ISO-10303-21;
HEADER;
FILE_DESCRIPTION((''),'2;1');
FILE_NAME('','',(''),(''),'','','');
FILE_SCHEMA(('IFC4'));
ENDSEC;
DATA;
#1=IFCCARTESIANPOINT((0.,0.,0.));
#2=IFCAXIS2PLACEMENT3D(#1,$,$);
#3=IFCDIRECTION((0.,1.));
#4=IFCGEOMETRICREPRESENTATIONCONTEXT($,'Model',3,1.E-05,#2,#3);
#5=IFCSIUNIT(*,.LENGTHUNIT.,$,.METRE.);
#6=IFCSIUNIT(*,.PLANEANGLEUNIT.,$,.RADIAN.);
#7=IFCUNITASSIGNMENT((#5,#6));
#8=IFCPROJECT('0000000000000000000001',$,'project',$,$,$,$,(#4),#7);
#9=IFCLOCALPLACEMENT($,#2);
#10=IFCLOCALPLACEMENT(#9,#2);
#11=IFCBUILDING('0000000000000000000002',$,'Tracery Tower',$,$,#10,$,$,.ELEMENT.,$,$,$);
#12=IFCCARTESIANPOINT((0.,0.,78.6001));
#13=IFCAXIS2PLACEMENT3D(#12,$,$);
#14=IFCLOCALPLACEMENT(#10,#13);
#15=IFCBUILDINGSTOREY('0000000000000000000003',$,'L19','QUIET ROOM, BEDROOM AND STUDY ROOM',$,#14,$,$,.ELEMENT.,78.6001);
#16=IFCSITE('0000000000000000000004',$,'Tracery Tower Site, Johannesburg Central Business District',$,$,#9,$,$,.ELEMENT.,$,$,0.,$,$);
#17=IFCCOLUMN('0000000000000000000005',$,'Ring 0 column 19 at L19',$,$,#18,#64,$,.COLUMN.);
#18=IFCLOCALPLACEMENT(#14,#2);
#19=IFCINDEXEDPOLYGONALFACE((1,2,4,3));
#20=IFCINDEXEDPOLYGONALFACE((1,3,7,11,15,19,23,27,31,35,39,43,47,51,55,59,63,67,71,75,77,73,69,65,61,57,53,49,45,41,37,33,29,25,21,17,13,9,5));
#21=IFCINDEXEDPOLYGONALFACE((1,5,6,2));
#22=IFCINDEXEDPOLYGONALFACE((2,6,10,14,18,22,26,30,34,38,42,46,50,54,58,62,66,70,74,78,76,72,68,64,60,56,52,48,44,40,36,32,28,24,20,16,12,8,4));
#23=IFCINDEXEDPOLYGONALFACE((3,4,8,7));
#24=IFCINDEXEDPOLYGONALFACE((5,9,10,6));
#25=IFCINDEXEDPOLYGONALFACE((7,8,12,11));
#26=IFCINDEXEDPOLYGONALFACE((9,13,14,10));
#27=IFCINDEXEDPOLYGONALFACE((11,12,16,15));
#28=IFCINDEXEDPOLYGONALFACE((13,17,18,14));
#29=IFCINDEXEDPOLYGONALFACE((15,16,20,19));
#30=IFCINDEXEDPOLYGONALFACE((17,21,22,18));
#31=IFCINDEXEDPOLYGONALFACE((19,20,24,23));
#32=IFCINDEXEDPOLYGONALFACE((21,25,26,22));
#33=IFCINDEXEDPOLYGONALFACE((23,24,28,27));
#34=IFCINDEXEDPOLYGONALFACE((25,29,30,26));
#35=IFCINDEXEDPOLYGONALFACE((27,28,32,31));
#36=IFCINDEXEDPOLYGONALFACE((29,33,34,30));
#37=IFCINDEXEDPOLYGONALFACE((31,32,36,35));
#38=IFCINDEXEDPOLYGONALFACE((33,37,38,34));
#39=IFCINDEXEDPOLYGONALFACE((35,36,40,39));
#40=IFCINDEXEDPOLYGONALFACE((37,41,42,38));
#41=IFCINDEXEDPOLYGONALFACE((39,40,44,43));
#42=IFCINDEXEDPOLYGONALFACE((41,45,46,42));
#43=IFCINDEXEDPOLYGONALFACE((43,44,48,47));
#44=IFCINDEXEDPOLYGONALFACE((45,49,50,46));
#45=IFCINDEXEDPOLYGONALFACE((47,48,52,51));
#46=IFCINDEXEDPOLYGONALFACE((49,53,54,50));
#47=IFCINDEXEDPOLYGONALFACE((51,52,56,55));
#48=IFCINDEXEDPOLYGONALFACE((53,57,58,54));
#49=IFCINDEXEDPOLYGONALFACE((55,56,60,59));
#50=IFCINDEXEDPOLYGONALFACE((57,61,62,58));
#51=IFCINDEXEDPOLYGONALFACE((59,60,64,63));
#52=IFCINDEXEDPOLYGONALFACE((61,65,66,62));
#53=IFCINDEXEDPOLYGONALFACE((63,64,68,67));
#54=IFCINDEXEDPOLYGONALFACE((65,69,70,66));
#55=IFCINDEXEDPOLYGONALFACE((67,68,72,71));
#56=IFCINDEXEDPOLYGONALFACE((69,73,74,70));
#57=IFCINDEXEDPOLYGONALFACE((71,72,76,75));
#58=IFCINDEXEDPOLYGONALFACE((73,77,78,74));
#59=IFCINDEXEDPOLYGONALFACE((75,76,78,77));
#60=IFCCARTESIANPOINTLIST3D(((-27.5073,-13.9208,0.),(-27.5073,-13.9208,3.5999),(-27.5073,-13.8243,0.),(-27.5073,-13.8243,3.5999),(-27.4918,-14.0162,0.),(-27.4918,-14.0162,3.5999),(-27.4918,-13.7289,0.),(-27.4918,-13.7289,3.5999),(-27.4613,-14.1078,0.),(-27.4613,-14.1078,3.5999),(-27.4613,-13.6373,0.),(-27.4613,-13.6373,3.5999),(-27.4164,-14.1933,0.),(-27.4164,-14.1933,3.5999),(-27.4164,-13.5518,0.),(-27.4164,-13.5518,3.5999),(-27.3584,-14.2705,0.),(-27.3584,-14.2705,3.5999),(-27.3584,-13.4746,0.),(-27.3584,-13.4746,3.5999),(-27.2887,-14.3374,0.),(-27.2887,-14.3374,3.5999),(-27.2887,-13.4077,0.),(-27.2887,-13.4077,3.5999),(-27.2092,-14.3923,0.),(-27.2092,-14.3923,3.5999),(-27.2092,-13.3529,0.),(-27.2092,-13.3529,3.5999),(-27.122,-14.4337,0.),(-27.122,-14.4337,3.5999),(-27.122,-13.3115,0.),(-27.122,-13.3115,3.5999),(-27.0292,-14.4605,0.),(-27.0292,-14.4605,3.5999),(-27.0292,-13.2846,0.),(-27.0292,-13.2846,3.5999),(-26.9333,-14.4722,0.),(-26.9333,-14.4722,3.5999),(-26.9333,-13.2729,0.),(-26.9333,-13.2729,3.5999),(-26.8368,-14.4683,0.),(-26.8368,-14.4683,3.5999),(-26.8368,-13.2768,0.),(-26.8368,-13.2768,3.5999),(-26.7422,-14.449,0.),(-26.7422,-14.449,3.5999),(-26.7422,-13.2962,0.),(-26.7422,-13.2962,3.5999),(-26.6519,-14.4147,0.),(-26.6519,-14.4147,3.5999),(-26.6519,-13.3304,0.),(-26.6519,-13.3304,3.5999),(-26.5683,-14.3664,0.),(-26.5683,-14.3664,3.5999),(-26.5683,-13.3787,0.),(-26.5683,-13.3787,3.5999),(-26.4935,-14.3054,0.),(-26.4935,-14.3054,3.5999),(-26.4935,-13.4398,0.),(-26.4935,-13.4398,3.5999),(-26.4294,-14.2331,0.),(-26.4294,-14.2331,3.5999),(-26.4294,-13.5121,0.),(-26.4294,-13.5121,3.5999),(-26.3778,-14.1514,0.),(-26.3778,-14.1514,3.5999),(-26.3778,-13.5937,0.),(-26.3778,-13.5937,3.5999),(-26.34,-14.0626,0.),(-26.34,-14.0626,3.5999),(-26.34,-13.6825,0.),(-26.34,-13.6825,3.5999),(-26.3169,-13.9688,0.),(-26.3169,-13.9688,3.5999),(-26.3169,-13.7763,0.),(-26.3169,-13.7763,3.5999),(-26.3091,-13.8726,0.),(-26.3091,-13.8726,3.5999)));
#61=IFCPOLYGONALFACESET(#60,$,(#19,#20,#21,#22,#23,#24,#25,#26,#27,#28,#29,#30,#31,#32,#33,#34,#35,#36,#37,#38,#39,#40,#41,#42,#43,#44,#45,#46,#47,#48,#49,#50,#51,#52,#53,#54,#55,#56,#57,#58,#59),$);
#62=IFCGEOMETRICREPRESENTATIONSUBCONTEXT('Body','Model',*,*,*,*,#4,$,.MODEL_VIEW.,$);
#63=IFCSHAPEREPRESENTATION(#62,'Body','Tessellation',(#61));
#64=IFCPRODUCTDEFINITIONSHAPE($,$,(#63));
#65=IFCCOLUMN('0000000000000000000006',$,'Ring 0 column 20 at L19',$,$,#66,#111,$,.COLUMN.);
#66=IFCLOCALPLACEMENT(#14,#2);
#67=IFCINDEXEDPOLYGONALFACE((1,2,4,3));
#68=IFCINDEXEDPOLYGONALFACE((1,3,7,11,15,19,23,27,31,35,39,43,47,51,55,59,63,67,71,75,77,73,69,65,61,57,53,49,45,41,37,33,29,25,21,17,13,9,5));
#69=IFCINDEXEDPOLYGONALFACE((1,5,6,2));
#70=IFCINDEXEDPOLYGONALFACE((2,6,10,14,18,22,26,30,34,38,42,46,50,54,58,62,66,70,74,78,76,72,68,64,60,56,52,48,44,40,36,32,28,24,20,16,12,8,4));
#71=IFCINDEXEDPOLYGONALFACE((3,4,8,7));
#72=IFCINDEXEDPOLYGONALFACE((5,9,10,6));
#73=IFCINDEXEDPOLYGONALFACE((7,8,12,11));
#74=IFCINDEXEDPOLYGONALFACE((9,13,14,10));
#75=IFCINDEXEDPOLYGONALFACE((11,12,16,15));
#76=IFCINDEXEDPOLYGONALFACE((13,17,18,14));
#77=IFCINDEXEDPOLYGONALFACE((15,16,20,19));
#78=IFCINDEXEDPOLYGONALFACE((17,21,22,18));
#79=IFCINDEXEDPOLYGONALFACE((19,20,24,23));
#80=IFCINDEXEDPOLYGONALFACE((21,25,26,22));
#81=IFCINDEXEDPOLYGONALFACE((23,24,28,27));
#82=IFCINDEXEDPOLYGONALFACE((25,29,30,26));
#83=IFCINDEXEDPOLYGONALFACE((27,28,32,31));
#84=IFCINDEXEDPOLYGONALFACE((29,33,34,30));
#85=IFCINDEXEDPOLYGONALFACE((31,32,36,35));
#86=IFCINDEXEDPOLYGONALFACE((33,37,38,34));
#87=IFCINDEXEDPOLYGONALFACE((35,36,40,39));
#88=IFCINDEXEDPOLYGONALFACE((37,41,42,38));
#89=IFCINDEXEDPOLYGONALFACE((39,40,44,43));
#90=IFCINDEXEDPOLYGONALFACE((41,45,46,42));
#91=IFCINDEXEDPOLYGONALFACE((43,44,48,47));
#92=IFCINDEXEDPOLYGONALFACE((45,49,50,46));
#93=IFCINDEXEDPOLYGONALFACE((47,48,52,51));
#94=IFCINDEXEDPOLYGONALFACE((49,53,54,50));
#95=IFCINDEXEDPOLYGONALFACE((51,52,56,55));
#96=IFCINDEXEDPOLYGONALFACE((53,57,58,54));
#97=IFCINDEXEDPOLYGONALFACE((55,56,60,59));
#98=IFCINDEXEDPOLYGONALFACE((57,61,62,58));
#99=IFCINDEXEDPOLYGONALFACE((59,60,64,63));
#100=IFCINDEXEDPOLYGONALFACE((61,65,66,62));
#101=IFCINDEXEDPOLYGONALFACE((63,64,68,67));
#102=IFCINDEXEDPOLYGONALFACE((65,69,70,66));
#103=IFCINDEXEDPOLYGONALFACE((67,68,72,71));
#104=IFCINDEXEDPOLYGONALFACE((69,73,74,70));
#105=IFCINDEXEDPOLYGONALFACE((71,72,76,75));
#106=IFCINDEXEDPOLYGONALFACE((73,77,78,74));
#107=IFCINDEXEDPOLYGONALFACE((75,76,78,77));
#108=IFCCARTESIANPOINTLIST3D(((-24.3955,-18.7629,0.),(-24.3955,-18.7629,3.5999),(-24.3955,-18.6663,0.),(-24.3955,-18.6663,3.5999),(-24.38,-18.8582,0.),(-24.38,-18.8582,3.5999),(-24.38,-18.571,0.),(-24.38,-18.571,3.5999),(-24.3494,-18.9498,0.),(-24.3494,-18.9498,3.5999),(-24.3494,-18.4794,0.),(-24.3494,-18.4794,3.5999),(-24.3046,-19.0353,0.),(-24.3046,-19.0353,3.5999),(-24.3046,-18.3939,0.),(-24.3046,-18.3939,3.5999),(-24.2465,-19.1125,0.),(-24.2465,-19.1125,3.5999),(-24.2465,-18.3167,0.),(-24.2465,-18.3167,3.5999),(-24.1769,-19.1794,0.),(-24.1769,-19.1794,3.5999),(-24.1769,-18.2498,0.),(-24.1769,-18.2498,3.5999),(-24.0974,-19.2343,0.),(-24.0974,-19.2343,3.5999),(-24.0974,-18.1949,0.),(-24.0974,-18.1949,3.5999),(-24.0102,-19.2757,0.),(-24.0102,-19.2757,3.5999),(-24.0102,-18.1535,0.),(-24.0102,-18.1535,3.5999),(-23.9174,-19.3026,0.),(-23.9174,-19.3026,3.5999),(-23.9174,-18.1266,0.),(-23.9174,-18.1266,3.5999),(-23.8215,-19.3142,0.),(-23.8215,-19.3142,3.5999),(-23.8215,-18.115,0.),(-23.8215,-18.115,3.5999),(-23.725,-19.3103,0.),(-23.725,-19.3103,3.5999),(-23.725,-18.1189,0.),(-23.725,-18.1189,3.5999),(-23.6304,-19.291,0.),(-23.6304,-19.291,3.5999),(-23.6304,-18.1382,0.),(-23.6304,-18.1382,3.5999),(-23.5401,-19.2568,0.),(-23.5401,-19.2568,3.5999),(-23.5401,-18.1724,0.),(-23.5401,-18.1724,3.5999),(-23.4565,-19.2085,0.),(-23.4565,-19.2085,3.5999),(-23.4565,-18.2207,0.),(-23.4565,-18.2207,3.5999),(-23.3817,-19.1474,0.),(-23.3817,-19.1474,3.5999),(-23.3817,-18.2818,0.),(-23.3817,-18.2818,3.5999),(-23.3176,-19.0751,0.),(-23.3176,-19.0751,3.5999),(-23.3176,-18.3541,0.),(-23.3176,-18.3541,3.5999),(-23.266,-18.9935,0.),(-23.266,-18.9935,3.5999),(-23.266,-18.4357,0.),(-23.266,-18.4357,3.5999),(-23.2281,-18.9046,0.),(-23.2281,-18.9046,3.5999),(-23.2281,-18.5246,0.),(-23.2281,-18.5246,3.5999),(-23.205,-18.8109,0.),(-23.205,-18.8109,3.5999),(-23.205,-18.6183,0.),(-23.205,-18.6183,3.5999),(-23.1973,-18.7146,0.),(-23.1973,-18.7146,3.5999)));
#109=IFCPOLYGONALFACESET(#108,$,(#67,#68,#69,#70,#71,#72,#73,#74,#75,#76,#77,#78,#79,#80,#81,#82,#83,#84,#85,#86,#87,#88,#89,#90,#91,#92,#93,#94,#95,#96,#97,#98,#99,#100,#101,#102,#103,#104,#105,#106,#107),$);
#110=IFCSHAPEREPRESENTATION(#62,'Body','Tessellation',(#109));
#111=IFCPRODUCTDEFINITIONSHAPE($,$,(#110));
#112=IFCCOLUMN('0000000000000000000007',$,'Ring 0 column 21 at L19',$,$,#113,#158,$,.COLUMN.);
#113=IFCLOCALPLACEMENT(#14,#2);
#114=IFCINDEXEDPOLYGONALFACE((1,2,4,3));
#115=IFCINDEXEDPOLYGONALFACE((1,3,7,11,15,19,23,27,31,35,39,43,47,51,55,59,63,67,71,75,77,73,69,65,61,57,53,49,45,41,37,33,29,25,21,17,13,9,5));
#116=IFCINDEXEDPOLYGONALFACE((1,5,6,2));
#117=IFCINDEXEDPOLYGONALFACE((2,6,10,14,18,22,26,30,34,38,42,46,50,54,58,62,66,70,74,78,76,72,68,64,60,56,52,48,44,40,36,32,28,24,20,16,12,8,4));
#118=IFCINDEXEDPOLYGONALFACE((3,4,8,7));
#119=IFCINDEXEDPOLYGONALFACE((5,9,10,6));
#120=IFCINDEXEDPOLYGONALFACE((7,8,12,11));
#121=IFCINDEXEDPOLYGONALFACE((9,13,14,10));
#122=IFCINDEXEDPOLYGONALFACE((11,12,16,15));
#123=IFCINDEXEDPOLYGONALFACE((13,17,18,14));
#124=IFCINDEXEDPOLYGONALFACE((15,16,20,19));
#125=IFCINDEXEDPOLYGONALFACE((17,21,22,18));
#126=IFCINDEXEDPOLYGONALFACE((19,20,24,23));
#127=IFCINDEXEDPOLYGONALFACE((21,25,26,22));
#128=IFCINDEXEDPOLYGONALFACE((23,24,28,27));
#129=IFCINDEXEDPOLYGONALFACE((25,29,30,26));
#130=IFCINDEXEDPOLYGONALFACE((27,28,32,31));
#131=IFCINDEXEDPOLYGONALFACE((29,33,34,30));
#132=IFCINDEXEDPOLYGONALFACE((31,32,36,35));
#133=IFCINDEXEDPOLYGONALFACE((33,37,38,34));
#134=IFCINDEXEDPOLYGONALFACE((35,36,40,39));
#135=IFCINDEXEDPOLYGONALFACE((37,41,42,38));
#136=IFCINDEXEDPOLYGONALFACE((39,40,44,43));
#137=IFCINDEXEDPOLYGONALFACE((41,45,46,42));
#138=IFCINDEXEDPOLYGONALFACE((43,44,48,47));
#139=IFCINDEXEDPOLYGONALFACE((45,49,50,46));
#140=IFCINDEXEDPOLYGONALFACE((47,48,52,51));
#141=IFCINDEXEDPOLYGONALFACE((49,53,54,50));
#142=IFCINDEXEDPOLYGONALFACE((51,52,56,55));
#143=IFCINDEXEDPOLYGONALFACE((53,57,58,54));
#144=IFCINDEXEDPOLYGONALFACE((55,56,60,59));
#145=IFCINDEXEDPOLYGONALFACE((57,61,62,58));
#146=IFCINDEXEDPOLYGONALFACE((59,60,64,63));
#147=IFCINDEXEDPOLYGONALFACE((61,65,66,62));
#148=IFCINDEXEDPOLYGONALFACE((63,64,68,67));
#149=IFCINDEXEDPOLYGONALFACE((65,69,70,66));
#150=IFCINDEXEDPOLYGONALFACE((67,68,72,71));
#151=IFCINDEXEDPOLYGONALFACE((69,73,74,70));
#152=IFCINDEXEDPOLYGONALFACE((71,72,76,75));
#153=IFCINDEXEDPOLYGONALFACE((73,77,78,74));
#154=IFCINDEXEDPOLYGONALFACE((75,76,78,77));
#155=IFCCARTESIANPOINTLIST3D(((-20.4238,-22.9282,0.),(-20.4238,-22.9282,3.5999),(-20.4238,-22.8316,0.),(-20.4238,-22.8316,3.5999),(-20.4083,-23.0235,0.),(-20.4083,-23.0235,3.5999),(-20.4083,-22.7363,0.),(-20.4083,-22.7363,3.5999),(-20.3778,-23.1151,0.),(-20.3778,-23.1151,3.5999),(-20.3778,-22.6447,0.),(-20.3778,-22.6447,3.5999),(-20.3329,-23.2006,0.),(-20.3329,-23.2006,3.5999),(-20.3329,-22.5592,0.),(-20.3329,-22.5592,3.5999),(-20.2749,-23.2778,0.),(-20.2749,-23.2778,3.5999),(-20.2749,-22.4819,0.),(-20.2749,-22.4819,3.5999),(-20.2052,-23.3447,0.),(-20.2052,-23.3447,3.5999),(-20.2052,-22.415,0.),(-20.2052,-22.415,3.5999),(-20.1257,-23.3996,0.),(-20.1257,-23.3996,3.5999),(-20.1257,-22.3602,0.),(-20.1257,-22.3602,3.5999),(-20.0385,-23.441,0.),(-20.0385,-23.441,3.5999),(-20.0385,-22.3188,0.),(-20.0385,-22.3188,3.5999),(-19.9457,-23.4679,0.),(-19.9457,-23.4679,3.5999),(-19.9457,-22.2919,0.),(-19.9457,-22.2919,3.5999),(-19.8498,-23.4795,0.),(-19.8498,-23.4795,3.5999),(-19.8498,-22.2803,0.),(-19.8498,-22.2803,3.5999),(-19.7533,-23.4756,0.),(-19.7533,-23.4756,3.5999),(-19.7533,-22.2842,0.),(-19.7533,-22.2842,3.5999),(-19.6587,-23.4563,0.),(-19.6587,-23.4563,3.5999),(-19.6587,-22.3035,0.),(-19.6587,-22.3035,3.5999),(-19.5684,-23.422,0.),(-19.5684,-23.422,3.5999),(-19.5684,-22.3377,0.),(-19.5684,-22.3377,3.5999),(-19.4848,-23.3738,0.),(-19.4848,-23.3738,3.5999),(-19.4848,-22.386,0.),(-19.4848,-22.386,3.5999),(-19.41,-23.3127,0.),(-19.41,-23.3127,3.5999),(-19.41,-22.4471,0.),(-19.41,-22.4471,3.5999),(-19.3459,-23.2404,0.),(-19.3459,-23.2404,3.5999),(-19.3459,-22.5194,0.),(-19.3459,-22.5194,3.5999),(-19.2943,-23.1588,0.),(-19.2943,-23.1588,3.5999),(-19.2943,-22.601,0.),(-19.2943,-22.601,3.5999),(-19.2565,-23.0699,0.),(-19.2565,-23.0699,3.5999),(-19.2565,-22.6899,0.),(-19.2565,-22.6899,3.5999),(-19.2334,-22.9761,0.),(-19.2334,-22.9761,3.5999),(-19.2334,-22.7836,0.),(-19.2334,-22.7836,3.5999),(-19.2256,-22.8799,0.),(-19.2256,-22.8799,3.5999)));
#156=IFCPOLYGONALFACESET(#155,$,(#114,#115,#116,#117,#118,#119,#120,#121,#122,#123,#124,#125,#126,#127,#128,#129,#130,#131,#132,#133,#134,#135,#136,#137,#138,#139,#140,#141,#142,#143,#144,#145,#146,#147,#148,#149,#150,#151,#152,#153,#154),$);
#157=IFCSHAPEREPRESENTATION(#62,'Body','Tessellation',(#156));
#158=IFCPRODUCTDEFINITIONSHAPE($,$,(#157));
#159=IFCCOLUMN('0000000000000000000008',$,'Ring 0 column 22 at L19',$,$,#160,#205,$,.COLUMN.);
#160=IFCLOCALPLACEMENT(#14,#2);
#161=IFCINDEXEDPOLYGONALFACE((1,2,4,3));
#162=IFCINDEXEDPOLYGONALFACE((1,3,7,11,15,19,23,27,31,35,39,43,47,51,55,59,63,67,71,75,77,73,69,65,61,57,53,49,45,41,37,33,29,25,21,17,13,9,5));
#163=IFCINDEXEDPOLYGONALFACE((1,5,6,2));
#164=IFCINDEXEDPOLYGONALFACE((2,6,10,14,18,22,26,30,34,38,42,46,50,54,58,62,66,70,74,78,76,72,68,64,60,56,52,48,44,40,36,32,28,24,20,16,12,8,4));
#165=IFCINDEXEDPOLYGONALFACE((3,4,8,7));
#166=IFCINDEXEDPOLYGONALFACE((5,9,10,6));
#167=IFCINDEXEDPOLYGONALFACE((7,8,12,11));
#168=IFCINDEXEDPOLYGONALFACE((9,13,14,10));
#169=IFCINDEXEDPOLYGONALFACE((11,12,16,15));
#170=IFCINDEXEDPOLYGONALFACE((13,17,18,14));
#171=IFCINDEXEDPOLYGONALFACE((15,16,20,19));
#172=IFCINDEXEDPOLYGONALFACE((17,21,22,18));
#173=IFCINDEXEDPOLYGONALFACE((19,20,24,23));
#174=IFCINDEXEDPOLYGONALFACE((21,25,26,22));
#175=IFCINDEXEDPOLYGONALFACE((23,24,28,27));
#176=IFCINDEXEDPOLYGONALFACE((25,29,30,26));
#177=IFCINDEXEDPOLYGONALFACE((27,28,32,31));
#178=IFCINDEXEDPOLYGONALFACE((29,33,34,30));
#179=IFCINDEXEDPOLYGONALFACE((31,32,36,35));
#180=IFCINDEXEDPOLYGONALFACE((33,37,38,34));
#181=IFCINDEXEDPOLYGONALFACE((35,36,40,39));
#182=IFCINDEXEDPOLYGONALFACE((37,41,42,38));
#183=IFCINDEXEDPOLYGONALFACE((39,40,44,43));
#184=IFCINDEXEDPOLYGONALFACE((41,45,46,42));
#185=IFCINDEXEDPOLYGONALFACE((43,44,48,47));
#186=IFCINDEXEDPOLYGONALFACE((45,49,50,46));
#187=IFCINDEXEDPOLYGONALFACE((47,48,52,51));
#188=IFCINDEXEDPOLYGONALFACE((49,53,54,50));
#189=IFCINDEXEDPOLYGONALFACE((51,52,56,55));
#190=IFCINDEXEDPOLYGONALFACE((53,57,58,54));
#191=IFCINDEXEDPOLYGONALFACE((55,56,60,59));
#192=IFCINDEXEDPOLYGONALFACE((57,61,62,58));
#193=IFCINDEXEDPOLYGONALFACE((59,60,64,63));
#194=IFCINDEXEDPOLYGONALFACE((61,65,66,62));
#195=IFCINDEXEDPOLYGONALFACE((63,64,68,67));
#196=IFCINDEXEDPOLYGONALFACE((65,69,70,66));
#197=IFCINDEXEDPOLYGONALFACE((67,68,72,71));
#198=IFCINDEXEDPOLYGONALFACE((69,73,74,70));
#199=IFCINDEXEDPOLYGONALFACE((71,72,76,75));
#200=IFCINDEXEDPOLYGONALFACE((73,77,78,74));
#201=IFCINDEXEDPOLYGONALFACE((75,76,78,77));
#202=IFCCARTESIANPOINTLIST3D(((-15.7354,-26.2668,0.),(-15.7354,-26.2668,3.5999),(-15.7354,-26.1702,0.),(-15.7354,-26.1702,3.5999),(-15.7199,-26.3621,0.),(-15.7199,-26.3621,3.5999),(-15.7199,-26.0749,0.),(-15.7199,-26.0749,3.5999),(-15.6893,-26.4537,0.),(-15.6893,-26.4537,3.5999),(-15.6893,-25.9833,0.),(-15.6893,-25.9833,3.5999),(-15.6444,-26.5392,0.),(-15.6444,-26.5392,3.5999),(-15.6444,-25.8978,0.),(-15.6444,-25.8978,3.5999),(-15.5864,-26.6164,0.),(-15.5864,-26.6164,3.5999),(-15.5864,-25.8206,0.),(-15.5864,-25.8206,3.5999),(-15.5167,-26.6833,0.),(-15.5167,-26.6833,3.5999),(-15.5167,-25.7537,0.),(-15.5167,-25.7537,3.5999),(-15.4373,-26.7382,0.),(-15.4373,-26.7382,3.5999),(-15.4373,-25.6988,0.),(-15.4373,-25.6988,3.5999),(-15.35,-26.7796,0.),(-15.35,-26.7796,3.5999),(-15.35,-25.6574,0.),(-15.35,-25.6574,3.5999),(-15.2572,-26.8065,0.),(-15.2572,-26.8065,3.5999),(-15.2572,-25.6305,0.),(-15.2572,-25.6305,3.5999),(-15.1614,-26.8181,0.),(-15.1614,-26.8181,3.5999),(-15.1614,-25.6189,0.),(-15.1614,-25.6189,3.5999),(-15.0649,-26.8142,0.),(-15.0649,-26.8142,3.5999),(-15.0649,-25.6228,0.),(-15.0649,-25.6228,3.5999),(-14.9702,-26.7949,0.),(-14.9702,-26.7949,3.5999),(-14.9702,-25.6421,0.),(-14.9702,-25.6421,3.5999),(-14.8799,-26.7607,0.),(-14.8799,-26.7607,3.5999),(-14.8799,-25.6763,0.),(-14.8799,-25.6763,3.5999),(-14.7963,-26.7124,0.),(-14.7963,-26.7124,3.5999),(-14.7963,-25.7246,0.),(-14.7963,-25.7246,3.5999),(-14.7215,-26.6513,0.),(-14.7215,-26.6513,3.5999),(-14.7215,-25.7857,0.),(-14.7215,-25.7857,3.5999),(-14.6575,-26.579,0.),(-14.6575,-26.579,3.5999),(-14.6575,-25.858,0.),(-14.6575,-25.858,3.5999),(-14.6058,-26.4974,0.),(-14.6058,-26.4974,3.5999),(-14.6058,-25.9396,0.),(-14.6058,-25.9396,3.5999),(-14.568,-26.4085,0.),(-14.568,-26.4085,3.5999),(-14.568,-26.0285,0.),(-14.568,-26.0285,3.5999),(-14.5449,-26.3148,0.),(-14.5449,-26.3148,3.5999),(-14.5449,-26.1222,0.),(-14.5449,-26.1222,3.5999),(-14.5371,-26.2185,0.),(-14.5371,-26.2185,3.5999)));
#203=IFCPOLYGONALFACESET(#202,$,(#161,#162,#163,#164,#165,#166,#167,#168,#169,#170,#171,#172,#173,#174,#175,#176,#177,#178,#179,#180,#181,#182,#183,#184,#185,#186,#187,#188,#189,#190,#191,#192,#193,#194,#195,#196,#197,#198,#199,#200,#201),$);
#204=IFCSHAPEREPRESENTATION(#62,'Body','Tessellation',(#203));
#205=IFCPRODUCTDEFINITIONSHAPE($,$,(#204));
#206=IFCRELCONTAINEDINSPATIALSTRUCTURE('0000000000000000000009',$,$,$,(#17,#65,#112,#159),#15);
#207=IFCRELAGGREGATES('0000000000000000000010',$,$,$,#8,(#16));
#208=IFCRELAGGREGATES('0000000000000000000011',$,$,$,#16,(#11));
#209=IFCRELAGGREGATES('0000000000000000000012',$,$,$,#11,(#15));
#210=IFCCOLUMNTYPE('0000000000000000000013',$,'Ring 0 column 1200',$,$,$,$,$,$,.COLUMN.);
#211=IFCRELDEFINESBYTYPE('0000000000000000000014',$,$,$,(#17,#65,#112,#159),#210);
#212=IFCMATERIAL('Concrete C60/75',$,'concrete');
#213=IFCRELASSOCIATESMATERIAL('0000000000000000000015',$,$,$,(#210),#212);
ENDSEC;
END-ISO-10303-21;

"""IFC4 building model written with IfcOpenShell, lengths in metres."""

from ifc_helpers import new_model, si_unit, direction, frame, origin, origin_2d, place, context, subcontext, project, spatial, circle, extrude, material, material_profile, profile_set, type_object, element, save


model = new_model("IFC4")

# Units and contexts
model_context = context("Model", 3, precision=1e-05, world=origin(), true_north=direction((0.0, 1.0)))
body_context = subcontext(model_context, "Body", "Model", "MODEL_VIEW")
ifc_project = project(units=[si_unit("LENGTHUNIT", "METRE"), si_unit("PLANEANGLEUNIT", "RADIAN")], contexts=[model_context])

# Site, building, storey
site_placement = place(None, origin())
site = spatial("IfcSite", under=ifc_project, at=site_placement, Name="Tracery Tower Site, Johannesburg Central Business District", CompositionType="ELEMENT", RefElevation=0.0)
building_placement = place(site_placement, origin())
building = spatial("IfcBuilding", under=site, at=building_placement, Name="Tracery Tower", CompositionType="ELEMENT")
storey_placement = place(building_placement, frame((0.0, 0.0, 78.6001)))
storey = spatial("IfcBuildingStorey", under=building, at=storey_placement, Name="L19", Description="QUIET ROOM, BEDROOM AND STUDY ROOM", CompositionType="ELEMENT", Elevation=78.6001)

# Columns
ifc_material_1 = material(Name="Concrete C60/75", Category="concrete")
ifc_material_profile_1 = material_profile(ifc_material_1, circle(Radius=0.6001, at=origin_2d()), Name="RC D1200")
ifc_profile_set_1 = profile_set([ifc_material_profile_1], Name="Concrete C60/75")
column_type_1 = type_object("IfcColumnType", Name="Ring 0 column 1200", PredefinedType="COLUMN", material=ifc_profile_set_1)
for number, where, z_axis, x_axis, name in (
    (1, (-26.9092, -13.8726, 0.0), (0.0, 0.0, 1.0), (1.0, 0.0, 0.0), "Ring 0 column 19 at L19"),
    (2, (-23.7974, -18.7146, 0.0), (0.0, 0.0, 1.0), (1.0, 0.0, 0.0), "Ring 0 column 20 at L19"),
    (3, (-19.8257, -22.8799, 0.0), (0.0, 0.0, 1.0), (1.0, 0.0, 0.0), "Ring 0 column 21 at L19"),
    (4, (-15.1372, -26.2185, 0.0), (0.0, 0.0, 1.0), (1.0, 0.0, 0.0), "Ring 0 column 22 at L19"),
):
    element("IfcColumn", number, at=place(storey_placement, frame(where, z_axis=z_axis, x_axis=x_axis)), inside=storey, type_object=column_type_1, Name=name, PredefinedType="COLUMN", context=body_context, shape_type="SweptSolid", body=[
        extrude(circle(Radius=0.6001, at=origin_2d()), origin(), (0.0, 0.0, 1.0), 3.5999),
    ])

save(model, "model.ifc")
